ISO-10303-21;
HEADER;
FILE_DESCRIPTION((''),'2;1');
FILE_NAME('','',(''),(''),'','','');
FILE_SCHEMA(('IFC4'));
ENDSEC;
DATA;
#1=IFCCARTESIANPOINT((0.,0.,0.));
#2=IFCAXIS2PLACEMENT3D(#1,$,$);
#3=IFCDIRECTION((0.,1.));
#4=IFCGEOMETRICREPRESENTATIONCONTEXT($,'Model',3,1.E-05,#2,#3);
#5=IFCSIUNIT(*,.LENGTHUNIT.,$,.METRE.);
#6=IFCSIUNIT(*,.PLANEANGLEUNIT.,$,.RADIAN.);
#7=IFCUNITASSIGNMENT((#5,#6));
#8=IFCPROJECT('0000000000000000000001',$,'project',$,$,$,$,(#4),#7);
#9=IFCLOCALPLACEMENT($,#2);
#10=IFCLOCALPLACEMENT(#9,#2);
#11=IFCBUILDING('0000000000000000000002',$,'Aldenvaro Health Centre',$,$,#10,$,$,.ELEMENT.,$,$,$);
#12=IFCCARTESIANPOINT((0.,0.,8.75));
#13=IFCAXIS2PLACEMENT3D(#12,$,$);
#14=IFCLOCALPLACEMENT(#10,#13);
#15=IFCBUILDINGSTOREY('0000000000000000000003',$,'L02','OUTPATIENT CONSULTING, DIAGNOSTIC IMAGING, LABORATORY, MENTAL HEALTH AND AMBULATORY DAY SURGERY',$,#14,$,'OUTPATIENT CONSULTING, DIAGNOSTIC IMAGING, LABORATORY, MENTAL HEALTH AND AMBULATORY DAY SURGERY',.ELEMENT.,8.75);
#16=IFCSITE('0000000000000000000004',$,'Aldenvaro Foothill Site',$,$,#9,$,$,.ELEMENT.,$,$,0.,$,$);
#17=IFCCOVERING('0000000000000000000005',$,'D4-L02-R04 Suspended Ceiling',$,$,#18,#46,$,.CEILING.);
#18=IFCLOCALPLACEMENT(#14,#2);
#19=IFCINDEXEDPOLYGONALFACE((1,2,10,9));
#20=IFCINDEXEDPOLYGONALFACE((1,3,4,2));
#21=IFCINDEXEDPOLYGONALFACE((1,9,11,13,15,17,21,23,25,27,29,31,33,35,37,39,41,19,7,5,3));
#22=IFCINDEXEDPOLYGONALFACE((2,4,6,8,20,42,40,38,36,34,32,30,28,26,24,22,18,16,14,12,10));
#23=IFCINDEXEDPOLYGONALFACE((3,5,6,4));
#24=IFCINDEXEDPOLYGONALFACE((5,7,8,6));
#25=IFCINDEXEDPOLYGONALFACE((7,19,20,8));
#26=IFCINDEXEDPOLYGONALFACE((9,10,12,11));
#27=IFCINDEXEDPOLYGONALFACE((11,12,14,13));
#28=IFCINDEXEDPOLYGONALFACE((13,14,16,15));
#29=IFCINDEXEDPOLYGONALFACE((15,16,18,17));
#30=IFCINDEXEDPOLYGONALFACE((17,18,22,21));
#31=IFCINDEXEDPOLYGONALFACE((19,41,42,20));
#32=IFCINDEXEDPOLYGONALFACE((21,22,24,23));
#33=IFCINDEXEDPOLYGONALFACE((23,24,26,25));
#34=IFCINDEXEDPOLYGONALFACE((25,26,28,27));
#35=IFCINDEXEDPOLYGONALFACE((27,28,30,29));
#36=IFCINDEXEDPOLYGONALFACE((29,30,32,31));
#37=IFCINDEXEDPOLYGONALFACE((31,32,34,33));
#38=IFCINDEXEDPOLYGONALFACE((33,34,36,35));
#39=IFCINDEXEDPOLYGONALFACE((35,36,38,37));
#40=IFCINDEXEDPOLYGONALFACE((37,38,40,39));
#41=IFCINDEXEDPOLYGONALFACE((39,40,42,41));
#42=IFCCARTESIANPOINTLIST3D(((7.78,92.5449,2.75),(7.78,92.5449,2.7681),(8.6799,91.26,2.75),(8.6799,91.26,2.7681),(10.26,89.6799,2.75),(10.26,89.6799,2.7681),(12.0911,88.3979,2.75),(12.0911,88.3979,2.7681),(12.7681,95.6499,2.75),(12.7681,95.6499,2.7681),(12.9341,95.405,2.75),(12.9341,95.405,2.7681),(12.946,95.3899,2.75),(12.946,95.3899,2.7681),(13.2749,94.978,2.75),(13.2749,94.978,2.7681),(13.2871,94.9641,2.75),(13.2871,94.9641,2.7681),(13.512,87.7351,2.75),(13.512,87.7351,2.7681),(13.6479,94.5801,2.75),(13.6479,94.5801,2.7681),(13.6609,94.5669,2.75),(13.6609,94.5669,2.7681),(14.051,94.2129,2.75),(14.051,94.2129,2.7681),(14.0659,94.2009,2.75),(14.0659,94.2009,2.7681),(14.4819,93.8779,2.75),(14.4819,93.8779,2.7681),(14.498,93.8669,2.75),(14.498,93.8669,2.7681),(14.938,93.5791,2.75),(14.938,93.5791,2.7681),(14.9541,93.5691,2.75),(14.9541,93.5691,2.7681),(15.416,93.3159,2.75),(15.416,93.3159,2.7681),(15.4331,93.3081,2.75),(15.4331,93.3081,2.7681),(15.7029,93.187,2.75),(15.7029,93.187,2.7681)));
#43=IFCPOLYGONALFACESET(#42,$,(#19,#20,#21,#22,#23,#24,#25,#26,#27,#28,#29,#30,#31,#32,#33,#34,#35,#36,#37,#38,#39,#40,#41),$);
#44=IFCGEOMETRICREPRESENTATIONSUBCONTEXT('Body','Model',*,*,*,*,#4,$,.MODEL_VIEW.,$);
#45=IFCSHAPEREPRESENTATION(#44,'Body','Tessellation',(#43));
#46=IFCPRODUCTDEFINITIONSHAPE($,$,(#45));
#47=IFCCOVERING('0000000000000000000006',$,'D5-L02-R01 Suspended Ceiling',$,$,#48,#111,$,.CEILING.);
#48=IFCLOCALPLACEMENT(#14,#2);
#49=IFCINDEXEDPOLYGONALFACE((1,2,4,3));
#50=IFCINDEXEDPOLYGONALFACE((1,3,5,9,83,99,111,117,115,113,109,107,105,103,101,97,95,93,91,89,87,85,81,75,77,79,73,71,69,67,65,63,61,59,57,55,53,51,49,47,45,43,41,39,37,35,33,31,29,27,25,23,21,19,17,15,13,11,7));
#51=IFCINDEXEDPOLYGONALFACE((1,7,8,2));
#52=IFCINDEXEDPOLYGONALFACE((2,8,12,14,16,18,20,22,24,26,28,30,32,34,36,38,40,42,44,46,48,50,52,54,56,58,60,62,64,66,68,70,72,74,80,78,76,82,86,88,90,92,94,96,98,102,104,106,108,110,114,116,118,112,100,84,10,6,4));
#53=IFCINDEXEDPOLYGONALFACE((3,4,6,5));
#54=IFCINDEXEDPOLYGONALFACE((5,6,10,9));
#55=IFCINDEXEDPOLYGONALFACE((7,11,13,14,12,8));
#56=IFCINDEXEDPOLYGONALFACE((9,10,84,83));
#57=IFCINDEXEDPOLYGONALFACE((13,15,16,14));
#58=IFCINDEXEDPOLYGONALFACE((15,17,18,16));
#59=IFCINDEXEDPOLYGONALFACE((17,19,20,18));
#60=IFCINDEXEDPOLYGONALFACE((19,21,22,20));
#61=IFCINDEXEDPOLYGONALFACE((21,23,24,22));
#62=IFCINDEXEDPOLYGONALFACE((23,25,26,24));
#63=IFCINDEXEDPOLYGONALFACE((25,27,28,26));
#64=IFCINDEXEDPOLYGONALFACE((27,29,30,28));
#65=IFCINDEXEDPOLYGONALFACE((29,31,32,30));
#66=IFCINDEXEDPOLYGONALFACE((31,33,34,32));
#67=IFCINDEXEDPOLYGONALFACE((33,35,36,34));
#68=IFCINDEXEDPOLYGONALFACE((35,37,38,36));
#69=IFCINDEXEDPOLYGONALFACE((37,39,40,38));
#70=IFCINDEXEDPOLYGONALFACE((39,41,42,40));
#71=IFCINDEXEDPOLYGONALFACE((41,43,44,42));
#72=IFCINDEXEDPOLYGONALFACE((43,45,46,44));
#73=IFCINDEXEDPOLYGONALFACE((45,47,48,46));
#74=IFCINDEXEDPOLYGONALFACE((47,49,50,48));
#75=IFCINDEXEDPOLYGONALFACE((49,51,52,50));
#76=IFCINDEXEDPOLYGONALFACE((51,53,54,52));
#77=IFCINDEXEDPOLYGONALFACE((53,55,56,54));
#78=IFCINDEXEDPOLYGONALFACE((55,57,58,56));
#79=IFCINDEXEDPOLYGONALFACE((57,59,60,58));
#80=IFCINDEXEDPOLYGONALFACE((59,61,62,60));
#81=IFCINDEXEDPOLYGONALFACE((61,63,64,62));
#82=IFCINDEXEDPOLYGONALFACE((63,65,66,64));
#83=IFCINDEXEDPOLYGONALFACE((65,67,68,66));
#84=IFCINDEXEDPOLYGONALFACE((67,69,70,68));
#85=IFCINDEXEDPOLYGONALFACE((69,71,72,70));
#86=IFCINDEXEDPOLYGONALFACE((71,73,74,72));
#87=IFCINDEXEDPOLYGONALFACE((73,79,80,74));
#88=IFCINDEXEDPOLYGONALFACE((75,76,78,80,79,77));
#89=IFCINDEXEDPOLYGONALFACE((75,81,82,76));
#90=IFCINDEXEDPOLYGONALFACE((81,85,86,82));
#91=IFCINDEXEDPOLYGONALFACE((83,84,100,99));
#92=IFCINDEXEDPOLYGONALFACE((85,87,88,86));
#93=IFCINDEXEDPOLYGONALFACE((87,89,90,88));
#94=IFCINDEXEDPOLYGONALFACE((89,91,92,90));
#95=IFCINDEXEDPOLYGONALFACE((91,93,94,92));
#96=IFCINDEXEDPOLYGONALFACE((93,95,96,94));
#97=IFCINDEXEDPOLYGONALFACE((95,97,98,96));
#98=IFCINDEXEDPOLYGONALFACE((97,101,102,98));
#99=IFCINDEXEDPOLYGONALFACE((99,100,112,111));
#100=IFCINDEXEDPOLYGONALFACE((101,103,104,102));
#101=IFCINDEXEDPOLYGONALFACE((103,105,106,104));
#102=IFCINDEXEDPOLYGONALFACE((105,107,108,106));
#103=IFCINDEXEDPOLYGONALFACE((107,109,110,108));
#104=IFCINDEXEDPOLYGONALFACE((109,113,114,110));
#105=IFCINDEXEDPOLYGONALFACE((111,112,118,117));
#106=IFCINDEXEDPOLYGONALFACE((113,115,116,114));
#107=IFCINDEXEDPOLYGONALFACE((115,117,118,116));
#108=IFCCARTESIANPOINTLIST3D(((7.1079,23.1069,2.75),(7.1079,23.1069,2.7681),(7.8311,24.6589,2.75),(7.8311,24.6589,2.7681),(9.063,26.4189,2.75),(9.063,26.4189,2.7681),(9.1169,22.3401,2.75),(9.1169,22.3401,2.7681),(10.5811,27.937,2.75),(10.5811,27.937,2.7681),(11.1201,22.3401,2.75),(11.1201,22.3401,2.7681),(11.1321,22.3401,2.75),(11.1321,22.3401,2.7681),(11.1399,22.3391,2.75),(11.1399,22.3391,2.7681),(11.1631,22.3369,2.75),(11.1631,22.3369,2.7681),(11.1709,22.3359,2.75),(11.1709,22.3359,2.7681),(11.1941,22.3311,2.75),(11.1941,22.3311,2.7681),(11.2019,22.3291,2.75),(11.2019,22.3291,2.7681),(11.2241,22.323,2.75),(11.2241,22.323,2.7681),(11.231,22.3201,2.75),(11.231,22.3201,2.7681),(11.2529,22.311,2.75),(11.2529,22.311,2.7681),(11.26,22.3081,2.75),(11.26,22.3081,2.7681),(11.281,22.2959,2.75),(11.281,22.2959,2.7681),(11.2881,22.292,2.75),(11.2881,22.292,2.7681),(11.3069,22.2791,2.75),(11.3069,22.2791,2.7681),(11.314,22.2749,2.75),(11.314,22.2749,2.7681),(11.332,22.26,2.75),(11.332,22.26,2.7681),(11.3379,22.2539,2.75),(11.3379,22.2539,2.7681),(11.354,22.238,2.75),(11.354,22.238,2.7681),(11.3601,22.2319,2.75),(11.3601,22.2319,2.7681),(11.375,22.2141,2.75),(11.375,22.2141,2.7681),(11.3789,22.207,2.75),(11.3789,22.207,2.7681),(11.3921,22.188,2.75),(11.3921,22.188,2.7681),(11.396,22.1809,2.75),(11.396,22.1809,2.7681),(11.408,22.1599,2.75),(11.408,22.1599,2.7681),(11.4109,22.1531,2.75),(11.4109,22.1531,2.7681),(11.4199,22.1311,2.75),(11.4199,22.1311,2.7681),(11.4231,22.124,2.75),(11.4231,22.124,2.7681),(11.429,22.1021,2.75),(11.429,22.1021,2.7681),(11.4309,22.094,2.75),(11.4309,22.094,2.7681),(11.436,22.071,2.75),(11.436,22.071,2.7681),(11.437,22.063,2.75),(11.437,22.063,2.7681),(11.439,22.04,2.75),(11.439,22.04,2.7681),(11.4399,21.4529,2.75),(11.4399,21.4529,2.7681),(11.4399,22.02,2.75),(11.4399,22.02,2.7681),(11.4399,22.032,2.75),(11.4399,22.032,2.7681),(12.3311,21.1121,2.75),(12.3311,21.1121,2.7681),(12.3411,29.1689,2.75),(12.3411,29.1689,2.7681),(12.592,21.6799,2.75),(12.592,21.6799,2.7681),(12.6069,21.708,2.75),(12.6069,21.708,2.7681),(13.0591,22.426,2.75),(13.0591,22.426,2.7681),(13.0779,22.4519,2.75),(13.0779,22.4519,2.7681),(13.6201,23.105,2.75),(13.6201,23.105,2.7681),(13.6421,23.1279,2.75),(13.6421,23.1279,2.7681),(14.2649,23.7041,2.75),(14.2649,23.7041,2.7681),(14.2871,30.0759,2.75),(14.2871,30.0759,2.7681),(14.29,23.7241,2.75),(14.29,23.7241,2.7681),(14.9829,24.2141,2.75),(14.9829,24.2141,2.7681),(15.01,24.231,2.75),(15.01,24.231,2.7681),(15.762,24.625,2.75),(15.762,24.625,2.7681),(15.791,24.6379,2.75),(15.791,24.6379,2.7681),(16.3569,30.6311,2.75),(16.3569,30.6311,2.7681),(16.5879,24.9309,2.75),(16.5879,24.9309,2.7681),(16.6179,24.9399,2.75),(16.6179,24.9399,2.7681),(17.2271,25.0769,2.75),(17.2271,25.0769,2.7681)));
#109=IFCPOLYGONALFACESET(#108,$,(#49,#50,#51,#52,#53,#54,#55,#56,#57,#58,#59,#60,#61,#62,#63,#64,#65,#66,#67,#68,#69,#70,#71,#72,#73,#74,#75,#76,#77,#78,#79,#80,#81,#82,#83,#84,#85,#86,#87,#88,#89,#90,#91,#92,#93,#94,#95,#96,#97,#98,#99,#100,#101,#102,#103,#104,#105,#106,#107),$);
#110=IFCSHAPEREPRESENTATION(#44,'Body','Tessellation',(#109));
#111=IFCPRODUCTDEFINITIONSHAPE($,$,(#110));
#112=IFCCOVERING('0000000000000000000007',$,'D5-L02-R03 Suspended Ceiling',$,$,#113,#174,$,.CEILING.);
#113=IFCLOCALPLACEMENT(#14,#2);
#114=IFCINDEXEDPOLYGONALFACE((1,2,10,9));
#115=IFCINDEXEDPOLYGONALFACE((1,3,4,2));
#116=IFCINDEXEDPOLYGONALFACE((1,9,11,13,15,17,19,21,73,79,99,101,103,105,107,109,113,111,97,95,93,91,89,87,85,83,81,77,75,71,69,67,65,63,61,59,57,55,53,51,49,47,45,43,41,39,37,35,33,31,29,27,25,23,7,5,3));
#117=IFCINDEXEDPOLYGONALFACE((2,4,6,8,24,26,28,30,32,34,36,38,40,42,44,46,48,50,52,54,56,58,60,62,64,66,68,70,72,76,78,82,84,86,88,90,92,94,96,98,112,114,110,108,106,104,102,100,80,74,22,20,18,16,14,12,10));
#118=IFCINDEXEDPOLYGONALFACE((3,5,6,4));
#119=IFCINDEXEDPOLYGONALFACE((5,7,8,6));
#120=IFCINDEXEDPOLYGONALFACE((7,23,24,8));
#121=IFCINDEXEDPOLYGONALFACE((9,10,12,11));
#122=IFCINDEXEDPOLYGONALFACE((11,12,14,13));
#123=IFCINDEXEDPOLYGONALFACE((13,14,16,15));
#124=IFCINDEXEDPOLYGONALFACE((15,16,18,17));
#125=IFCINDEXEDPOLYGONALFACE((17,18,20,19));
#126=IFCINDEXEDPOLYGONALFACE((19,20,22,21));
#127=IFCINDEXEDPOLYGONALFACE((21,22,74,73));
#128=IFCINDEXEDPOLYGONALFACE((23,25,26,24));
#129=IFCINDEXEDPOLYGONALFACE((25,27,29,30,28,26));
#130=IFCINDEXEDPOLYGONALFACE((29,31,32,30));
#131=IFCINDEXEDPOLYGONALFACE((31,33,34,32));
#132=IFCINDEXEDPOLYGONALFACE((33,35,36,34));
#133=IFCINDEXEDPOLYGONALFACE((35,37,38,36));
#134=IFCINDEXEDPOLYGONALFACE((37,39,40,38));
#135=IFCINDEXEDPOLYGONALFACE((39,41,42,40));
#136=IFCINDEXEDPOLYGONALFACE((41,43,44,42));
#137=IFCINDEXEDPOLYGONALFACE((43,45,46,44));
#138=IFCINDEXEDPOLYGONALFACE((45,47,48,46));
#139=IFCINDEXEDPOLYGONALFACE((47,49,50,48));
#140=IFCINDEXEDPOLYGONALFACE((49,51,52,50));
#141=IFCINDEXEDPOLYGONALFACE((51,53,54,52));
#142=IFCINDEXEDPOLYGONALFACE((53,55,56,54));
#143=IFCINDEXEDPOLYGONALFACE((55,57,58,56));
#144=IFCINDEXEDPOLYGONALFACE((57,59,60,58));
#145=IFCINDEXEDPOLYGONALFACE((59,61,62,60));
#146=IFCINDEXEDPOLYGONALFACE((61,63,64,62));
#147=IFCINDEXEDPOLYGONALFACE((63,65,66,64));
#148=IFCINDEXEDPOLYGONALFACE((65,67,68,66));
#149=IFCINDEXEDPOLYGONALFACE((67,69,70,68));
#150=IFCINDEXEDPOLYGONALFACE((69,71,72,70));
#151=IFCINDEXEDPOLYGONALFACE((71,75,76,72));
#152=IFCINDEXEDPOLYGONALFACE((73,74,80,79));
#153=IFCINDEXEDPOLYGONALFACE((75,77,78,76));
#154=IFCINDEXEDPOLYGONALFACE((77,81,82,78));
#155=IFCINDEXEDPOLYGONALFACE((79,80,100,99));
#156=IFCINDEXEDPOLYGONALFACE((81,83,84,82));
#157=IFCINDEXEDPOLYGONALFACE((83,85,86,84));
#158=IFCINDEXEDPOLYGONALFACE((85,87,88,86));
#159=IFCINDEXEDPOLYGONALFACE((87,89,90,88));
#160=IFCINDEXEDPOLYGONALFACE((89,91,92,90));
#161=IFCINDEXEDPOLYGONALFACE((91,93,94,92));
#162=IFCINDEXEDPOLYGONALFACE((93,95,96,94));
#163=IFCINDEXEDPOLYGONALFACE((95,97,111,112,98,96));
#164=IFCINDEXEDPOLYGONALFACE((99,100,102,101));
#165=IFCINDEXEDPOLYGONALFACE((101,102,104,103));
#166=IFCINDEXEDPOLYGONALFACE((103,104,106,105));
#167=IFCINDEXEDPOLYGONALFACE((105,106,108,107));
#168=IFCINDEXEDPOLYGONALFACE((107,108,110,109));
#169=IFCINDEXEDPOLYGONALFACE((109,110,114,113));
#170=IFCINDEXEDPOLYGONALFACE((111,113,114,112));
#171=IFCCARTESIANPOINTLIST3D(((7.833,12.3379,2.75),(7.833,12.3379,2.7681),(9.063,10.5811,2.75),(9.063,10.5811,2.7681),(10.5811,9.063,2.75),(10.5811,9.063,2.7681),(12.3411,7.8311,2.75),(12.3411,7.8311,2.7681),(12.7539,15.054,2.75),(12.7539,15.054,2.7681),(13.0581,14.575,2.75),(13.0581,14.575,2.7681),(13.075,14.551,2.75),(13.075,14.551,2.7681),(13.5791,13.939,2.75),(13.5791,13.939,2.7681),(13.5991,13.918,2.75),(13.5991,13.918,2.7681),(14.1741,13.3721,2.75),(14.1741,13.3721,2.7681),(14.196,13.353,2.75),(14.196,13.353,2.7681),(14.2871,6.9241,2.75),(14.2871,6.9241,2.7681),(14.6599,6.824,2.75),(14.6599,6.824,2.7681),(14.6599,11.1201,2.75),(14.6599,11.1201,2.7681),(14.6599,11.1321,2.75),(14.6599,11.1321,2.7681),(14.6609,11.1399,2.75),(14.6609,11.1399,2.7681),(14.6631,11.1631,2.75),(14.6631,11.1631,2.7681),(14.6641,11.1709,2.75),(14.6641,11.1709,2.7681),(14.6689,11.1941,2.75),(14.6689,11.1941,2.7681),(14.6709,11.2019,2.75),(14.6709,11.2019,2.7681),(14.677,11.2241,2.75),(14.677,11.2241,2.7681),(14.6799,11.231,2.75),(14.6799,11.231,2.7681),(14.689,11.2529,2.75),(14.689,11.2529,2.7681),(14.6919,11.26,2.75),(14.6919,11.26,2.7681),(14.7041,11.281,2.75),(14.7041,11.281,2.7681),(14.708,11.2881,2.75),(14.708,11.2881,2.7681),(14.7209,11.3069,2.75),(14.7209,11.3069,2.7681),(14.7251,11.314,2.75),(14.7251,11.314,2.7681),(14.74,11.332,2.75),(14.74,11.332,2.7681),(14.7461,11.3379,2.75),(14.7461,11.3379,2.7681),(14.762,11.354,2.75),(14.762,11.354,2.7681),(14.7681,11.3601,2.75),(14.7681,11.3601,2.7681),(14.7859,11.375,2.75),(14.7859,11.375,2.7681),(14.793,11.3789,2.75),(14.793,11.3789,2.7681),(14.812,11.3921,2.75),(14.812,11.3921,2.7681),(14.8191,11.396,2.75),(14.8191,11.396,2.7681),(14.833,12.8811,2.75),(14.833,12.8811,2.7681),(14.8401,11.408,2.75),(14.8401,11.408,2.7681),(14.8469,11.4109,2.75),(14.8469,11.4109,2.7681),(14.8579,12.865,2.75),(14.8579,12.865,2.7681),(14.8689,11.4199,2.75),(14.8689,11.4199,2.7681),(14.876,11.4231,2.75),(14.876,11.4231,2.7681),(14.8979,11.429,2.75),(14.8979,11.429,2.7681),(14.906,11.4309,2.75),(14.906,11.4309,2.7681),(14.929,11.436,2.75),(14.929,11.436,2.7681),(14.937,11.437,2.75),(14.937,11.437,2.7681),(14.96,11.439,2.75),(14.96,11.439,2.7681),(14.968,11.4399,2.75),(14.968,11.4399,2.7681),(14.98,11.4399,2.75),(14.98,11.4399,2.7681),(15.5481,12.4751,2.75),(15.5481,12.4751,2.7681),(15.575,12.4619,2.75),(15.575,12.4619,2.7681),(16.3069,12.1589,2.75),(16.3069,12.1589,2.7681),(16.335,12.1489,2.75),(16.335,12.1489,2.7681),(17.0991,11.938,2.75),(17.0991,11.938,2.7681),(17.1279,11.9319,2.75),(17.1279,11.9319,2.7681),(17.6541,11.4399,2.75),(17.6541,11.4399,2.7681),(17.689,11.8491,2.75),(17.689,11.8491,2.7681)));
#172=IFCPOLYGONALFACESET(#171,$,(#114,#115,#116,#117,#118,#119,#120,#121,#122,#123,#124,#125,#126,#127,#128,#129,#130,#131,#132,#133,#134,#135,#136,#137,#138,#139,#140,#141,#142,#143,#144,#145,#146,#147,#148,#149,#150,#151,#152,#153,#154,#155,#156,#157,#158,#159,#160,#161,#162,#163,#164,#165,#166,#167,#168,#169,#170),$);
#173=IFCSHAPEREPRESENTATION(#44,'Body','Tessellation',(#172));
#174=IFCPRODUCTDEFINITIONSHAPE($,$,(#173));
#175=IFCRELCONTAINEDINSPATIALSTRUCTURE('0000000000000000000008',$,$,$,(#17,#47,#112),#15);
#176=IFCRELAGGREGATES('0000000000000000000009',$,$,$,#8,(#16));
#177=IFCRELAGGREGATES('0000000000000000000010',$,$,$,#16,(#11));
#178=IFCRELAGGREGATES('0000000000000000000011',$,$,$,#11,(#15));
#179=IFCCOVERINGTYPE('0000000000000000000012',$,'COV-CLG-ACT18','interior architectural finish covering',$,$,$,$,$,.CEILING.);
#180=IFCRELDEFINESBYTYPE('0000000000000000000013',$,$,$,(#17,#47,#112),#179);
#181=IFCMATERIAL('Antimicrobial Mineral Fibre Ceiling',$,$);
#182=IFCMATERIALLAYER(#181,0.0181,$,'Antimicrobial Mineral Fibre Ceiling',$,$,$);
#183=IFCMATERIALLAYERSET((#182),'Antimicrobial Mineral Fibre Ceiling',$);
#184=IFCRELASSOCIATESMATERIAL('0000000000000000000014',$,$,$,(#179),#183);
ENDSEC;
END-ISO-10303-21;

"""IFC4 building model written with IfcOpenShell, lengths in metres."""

from ifc_helpers import new_model, si_unit, direction, frame, origin, place, context, subcontext, project, spatial, polyline, outline, extrude, material, layer, layer_set, type_object, element, save


model = new_model("IFC4")

# Units and contexts
model_context = context("Model", 3, precision=1e-05, world=origin(), true_north=direction((0.0, 1.0)))
body_context = subcontext(model_context, "Body", "Model", "MODEL_VIEW")
ifc_project = project(units=[si_unit("LENGTHUNIT", "METRE"), si_unit("PLANEANGLEUNIT", "RADIAN")], contexts=[model_context])

# Site, building, storey
site_placement = place(None, origin())
site = spatial("IfcSite", under=ifc_project, at=site_placement, Name="Aldenvaro Foothill Site", CompositionType="ELEMENT", RefElevation=0.0)
building_placement = place(site_placement, origin())
building = spatial("IfcBuilding", under=site, at=building_placement, Name="Aldenvaro Health Centre", CompositionType="ELEMENT")
storey_placement = place(building_placement, frame((0.0, 0.0, 8.75)))
storey = spatial("IfcBuildingStorey", under=building, at=storey_placement, Name="L02", Description="OUTPATIENT CONSULTING, DIAGNOSTIC IMAGING, LABORATORY, MENTAL HEALTH AND AMBULATORY DAY SURGERY", LongName="OUTPATIENT CONSULTING, DIAGNOSTIC IMAGING, LABORATORY, MENTAL HEALTH AND AMBULATORY DAY SURGERY", CompositionType="ELEMENT", Elevation=8.75)

# Coverings
ifc_material_1 = material(Name="Antimicrobial Mineral Fibre Ceiling")
ifc_layer_1 = layer(ifc_material_1, 0.0181, Name="Antimicrobial Mineral Fibre Ceiling")
ifc_layer_set_1 = layer_set([ifc_layer_1], Name="Antimicrobial Mineral Fibre Ceiling")
covering_type_1 = type_object("IfcCoveringType", Name="COV-CLG-ACT18", Description="interior architectural finish covering", PredefinedType="CEILING", material=ifc_layer_set_1)
covering_1_placement = place(storey_placement, frame((0.0, 0.0, 2.75)))
element("IfcCovering", 1, at=covering_1_placement, inside=storey, type_object=covering_type_1, Name="D4-L02-R04 Suspended Ceiling", PredefinedType="CEILING", context=body_context, shape_type="SweptSolid", body=[
    extrude(outline(polyline([(12.9341, 95.405), (12.946, 95.3899), (13.2749, 94.978), (13.2871, 94.9641), (13.6479, 94.5801), (13.6609, 94.5669), (14.051, 94.2129), (14.0659, 94.2009), (14.4819, 93.8779), (14.498, 93.8669), (14.938, 93.5791), (14.9541, 93.5691), (15.416, 93.3159), (15.4331, 93.3081), (15.7029, 93.187), (13.512, 87.7351), (12.0911, 88.3979), (10.26, 89.6799), (8.6799, 91.26), (7.78, 92.5449), (12.7681, 95.6499), (12.9341, 95.405)])), origin(), (0.0, 0.0, 1.0), 0.0181),
])
covering_2_placement = place(storey_placement, frame((0.0, 0.0, 2.75)))
element("IfcCovering", 2, at=covering_2_placement, inside=storey, type_object=covering_type_1, Name="D5-L02-R01 Suspended Ceiling", PredefinedType="CEILING", context=body_context, shape_type="SweptSolid", body=[
    extrude(outline(polyline([(16.3569, 30.6311), (17.2271, 25.0769), (16.6179, 24.9399), (16.5879, 24.9309), (15.791, 24.6379), (15.762, 24.625), (15.01, 24.231), (14.9829, 24.2141), (14.29, 23.7241), (14.2649, 23.7041), (13.6421, 23.1279), (13.6201, 23.105), (13.0779, 22.4519), (13.0591, 22.426), (12.6069, 21.708), (12.592, 21.6799), (12.3311, 21.1121), (11.4399, 21.4529), (11.4399, 22.02), (11.4399, 22.032), (11.439, 22.04), (11.437, 22.063), (11.436, 22.071), (11.4309, 22.094), (11.429, 22.1021), (11.4231, 22.124), (11.4199, 22.1311), (11.4109, 22.1531), (11.408, 22.1599), (11.396, 22.1809), (11.3921, 22.188), (11.3789, 22.207), (11.375, 22.2141), (11.3601, 22.2319), (11.354, 22.238), (11.3379, 22.2539), (11.332, 22.26), (11.314, 22.2749), (11.3069, 22.2791), (11.2881, 22.292), (11.281, 22.2959), (11.26, 22.3081), (11.2529, 22.311), (11.231, 22.3201), (11.2241, 22.323), (11.2019, 22.3291), (11.1941, 22.3311), (11.1709, 22.3359), (11.1631, 22.3369), (11.1399, 22.3391), (11.1321, 22.3401), (11.1201, 22.3401), (9.1169, 22.3401), (7.1079, 23.1069), (7.8311, 24.6589), (9.063, 26.4189), (10.5811, 27.937), (12.3411, 29.1689), (14.2871, 30.0759), (16.3569, 30.6311)])), origin(), (0.0, 0.0, 1.0), 0.0181),
])
covering_3_placement = place(storey_placement, frame((0.0, 0.0, 2.75)))
element("IfcCovering", 3, at=covering_3_placement, inside=storey, type_object=covering_type_1, Name="D5-L02-R03 Suspended Ceiling", PredefinedType="CEILING", context=body_context, shape_type="SweptSolid", body=[
    extrude(outline(polyline([(7.833, 12.3379), (12.7539, 15.054), (13.0581, 14.575), (13.075, 14.551), (13.5791, 13.939), (13.5991, 13.918), (14.1741, 13.3721), (14.196, 13.353), (14.833, 12.8811), (14.8579, 12.865), (15.5481, 12.4751), (15.575, 12.4619), (16.3069, 12.1589), (16.335, 12.1489), (17.0991, 11.938), (17.1279, 11.9319), (17.689, 11.8491), (17.6541, 11.4399), (14.98, 11.4399), (14.968, 11.4399), (14.96, 11.439), (14.937, 11.437), (14.929, 11.436), (14.906, 11.4309), (14.8979, 11.429), (14.876, 11.4231), (14.8689, 11.4199), (14.8469, 11.4109), (14.8401, 11.408), (14.8191, 11.396), (14.812, 11.3921), (14.793, 11.3789), (14.7859, 11.375), (14.7681, 11.3601), (14.762, 11.354), (14.7461, 11.3379), (14.74, 11.332), (14.7251, 11.314), (14.7209, 11.3069), (14.708, 11.2881), (14.7041, 11.281), (14.6919, 11.26), (14.689, 11.2529), (14.6799, 11.231), (14.677, 11.2241), (14.6709, 11.2019), (14.6689, 11.1941), (14.6641, 11.1709), (14.6631, 11.1631), (14.6609, 11.1399), (14.6599, 11.1321), (14.6599, 11.1201), (14.6599, 6.824), (14.2871, 6.9241), (12.3411, 7.8311), (10.5811, 9.063), (9.063, 10.5811), (7.833, 12.3379)])), origin(), (0.0, 0.0, 1.0), 0.0181),
])

save(model, "model.ifc")
